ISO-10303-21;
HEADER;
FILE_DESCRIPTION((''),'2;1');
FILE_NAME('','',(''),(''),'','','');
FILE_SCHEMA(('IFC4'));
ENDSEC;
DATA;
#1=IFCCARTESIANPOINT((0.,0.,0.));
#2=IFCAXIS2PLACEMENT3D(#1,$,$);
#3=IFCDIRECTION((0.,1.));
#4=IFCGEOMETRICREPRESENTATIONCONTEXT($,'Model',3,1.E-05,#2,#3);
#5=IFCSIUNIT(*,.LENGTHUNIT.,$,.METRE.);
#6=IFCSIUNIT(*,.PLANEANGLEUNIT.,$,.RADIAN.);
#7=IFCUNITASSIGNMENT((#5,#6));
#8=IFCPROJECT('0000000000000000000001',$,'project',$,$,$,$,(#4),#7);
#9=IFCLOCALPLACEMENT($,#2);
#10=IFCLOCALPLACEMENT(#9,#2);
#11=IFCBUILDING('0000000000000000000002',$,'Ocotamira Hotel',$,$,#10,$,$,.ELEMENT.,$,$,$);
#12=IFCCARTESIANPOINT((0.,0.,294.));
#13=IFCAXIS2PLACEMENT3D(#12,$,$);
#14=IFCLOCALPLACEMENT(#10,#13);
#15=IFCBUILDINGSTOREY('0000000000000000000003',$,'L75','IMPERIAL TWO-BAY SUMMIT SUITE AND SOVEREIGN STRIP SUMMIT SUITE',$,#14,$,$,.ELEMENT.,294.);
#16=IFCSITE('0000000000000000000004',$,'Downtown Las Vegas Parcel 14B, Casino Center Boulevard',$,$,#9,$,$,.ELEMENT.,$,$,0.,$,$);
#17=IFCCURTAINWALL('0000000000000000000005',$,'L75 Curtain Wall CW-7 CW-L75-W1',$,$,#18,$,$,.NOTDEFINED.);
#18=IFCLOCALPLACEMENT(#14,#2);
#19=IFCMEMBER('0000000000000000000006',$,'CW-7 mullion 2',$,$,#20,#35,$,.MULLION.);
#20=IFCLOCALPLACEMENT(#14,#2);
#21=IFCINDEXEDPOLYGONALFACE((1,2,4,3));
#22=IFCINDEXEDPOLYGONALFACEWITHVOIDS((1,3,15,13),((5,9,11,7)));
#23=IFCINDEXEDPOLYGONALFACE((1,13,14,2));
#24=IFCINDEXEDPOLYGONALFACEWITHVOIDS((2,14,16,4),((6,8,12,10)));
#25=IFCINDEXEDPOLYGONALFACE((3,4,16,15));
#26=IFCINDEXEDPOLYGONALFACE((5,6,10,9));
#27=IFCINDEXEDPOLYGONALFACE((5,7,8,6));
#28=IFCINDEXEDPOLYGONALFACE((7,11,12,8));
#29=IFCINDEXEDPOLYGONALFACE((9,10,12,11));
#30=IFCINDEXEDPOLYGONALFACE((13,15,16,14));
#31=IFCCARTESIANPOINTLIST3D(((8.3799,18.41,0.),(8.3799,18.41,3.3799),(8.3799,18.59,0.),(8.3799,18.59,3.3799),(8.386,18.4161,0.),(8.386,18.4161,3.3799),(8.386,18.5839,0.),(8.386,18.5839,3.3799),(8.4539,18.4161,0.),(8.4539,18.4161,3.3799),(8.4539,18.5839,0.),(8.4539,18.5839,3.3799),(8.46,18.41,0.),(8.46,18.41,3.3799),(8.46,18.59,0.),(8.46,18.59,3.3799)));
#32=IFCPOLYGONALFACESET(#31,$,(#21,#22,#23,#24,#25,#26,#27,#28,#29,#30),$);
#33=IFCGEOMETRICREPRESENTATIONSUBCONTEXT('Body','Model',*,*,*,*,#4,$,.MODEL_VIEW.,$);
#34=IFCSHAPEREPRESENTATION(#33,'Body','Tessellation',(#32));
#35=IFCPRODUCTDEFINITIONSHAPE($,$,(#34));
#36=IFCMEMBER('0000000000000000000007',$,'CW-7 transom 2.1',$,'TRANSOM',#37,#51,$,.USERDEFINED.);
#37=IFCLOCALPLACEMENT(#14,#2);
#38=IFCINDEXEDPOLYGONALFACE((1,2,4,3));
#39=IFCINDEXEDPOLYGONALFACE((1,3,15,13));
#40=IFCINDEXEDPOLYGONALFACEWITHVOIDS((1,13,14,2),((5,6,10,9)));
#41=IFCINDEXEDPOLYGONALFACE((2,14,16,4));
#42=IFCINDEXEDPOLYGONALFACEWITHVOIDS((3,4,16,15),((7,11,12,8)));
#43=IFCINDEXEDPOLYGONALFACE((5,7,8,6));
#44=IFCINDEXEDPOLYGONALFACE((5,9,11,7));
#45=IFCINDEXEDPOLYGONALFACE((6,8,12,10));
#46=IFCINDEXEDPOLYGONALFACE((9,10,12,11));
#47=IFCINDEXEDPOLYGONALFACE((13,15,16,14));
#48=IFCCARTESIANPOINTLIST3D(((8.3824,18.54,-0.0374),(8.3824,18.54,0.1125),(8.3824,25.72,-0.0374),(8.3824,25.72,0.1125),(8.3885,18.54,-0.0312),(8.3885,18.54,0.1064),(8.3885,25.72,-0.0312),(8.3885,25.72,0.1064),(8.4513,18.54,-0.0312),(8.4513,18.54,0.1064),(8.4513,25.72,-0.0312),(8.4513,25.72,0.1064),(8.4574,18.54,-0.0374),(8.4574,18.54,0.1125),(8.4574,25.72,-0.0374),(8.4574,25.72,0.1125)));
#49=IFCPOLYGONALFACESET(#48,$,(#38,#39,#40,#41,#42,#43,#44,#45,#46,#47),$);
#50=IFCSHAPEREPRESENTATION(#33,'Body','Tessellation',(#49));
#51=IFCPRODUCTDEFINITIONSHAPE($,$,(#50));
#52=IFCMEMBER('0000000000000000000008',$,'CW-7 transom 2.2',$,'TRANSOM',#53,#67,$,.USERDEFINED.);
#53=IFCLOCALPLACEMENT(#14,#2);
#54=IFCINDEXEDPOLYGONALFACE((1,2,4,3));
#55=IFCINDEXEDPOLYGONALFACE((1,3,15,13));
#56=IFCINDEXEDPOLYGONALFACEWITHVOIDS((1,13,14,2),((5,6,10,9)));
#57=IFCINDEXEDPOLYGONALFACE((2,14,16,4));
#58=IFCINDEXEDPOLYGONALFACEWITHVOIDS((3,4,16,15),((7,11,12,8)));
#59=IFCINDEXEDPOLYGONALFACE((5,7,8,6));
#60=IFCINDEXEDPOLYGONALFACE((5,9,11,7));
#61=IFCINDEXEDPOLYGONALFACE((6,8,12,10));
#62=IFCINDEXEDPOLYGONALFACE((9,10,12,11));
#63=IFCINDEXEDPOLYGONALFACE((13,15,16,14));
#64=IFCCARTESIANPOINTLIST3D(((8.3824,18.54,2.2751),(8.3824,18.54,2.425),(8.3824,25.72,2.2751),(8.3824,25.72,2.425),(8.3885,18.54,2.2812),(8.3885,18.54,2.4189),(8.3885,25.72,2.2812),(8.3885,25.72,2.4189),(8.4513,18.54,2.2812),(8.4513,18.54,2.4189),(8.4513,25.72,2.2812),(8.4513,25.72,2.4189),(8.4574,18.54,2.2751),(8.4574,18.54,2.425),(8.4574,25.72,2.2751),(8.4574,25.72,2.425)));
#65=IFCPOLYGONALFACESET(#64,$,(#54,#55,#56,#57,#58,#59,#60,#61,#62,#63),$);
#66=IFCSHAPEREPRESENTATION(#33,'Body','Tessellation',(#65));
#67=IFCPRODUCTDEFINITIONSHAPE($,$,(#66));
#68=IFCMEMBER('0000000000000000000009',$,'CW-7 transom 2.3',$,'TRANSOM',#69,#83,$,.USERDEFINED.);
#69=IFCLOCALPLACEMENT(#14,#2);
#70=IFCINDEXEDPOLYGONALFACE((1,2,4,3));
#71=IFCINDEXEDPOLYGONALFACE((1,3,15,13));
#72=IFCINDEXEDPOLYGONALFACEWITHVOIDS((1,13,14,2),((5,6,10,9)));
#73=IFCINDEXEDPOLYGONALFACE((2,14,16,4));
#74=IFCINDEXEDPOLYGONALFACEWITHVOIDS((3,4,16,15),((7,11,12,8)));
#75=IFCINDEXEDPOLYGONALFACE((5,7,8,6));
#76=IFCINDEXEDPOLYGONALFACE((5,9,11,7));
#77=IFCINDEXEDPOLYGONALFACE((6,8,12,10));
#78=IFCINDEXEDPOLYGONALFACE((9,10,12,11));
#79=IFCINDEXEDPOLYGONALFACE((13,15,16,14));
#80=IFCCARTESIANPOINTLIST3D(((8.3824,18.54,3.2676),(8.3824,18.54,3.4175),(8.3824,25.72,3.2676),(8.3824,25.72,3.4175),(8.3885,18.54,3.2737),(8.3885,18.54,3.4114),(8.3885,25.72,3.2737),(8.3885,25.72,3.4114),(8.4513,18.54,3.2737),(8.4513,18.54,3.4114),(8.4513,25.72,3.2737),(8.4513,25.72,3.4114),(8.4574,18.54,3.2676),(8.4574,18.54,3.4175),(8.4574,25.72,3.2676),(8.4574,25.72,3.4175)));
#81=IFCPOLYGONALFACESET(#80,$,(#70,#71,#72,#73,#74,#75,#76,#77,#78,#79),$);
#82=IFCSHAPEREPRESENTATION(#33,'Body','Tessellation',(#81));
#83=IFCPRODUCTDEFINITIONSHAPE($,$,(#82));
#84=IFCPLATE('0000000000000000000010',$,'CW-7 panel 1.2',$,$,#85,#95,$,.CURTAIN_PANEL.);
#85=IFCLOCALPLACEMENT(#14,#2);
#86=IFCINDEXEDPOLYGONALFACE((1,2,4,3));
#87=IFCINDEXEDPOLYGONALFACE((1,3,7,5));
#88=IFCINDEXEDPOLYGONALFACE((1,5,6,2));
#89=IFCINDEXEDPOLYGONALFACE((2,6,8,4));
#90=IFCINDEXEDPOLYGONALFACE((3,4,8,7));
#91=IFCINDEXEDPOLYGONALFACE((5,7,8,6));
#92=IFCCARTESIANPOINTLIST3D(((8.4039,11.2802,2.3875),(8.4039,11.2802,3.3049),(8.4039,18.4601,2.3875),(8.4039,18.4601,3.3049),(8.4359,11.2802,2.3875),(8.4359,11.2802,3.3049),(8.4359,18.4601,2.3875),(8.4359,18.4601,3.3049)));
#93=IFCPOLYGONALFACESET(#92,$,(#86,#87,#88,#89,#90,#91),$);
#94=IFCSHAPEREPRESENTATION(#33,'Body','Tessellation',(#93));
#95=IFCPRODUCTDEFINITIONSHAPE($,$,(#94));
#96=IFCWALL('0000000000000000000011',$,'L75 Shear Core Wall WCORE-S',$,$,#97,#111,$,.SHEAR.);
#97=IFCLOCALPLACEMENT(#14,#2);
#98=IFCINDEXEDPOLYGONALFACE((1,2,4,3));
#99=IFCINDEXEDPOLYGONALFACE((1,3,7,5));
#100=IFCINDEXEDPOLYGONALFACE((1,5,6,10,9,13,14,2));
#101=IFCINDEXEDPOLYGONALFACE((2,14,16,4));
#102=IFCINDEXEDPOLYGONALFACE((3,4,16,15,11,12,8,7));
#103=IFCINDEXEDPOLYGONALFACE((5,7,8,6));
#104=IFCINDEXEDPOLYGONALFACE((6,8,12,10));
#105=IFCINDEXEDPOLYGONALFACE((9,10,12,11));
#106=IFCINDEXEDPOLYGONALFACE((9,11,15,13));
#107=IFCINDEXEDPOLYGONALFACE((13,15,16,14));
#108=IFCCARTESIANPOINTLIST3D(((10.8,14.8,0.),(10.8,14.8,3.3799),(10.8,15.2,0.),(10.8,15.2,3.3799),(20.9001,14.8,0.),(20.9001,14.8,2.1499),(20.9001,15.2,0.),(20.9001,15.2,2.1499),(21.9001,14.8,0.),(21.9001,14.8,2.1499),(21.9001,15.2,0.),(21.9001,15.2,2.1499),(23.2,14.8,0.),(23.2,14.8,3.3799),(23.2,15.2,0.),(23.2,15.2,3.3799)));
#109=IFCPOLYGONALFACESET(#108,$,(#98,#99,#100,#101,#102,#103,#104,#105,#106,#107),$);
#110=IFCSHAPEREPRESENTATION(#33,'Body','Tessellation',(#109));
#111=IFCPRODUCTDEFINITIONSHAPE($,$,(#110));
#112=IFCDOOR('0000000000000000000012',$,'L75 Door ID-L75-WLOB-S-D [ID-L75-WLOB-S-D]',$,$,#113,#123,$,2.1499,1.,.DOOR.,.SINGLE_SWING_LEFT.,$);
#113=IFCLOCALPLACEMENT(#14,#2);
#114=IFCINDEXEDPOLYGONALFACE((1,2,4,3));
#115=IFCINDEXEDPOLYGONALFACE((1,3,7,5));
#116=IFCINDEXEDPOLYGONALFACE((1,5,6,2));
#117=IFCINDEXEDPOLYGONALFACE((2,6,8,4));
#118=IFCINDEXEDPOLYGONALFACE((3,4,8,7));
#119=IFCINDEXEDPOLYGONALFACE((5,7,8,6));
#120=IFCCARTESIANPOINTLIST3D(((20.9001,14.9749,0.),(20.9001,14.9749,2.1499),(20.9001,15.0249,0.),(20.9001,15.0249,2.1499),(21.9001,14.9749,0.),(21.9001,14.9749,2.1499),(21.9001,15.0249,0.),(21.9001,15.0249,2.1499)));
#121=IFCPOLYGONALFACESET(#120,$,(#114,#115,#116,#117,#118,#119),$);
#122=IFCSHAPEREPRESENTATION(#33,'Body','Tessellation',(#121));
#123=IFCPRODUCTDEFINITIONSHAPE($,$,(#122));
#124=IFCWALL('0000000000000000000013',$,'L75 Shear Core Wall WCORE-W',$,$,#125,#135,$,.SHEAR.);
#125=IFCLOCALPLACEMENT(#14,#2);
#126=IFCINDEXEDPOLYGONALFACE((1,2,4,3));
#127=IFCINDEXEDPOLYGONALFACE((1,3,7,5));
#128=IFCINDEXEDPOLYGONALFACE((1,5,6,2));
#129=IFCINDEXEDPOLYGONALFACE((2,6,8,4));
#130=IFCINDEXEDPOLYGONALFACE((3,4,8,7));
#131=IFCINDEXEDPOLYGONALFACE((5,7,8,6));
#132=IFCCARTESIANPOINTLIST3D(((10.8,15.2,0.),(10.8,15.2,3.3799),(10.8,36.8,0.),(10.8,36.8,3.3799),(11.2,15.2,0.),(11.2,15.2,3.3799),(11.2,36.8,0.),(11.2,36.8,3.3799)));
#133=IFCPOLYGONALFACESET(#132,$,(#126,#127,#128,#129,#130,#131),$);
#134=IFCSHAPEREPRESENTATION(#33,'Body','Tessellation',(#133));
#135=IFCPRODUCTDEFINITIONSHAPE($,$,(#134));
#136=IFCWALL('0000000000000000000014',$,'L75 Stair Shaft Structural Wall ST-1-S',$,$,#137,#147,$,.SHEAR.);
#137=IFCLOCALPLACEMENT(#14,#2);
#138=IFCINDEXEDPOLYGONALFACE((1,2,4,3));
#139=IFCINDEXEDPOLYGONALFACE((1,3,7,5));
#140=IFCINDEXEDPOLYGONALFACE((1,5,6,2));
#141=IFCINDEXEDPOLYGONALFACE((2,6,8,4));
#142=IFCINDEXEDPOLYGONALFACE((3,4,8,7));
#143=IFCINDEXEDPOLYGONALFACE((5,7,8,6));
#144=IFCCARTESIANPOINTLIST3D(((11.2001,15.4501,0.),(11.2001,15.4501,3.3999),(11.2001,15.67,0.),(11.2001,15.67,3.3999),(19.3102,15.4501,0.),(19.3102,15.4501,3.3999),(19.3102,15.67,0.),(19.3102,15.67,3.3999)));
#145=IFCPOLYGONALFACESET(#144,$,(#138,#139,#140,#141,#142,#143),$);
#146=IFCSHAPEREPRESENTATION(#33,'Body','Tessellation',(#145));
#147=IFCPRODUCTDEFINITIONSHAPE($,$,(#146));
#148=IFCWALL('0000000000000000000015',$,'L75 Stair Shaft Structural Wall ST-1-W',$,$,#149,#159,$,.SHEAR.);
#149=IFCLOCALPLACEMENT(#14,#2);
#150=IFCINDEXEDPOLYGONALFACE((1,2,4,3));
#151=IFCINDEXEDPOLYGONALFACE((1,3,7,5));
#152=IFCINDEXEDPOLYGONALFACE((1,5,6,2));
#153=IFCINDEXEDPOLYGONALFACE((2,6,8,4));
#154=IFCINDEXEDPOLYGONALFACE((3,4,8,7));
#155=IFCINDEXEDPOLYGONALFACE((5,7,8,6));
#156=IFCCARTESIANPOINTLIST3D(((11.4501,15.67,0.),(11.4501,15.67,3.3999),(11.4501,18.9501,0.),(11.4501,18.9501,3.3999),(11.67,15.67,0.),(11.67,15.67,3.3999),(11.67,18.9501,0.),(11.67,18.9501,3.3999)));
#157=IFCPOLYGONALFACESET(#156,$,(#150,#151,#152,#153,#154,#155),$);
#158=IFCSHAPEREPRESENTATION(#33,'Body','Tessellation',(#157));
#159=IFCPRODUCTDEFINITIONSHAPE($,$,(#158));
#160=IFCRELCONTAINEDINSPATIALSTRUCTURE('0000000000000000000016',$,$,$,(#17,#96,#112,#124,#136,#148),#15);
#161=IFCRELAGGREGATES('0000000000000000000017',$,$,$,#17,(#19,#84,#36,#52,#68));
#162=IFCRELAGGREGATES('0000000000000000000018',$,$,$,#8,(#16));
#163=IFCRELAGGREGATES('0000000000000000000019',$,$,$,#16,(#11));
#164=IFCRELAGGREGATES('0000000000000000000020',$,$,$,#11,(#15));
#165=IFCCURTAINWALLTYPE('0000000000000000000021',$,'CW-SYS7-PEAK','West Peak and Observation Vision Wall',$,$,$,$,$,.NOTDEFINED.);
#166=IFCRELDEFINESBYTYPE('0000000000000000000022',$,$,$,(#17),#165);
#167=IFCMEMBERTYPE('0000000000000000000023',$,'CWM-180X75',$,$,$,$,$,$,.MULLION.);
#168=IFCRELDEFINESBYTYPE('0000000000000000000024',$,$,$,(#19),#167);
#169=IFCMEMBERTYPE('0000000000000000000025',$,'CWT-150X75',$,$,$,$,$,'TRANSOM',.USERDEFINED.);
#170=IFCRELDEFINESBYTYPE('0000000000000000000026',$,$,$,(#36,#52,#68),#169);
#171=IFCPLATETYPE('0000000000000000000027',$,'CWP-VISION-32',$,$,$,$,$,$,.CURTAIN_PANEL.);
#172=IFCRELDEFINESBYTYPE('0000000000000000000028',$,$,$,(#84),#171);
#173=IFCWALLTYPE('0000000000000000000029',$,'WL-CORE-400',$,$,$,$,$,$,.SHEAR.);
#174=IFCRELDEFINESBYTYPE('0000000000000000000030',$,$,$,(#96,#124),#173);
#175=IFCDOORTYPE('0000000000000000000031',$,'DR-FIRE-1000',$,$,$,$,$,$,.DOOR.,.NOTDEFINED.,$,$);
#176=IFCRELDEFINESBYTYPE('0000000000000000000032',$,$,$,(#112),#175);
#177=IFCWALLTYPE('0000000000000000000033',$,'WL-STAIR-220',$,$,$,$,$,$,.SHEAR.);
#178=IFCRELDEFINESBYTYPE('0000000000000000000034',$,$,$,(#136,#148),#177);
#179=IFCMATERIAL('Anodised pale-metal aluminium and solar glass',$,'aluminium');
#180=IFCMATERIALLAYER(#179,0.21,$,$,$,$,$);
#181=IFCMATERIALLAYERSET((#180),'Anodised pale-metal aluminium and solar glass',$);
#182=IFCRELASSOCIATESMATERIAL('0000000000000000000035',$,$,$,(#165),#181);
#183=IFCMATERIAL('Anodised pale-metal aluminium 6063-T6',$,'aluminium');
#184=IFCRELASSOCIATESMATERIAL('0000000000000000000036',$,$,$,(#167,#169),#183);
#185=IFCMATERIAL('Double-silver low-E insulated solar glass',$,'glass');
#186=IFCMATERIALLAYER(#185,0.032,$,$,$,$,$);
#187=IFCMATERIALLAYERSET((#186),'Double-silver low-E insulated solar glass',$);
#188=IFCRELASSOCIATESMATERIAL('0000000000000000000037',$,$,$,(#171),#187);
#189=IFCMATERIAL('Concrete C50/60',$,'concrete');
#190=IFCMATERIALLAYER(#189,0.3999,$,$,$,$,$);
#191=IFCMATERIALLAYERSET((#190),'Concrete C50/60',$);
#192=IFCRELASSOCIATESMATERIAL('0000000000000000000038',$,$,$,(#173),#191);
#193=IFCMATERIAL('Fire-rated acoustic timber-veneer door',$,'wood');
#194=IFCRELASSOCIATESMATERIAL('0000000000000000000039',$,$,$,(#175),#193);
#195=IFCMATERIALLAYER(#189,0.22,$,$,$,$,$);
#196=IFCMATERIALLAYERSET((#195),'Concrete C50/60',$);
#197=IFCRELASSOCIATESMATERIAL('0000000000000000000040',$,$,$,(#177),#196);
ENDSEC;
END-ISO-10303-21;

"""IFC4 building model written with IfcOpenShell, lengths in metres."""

from ifc_helpers import new_model, si_unit, direction, frame, frame_2d, origin, origin_2d, place, context, subcontext, project, spatial, rectangle, hollow_rectangle, extrude, source, transform, mapped, material, layer, layer_set, material_profile, profile_set, type_object, element, fill, aggregate, save


model = new_model("IFC4")

# Units and contexts
model_context = context("Model", 3, precision=1e-05, world=origin(), true_north=direction((0.0, 1.0)))
body_context = subcontext(model_context, "Body", "Model", "MODEL_VIEW")
ifc_project = project(units=[si_unit("LENGTHUNIT", "METRE"), si_unit("PLANEANGLEUNIT", "RADIAN")], contexts=[model_context])

# Site, building, storey
site_placement = place(None, origin())
site = spatial("IfcSite", under=ifc_project, at=site_placement, Name="Downtown Las Vegas Parcel 14B, Casino Center Boulevard", CompositionType="ELEMENT", RefElevation=0.0)
building_placement = place(site_placement, origin())
building = spatial("IfcBuilding", under=site, at=building_placement, Name="Ocotamira Hotel", CompositionType="ELEMENT")
storey_placement = place(building_placement, frame((0.0, 0.0, 294.0)))
storey = spatial("IfcBuildingStorey", under=building, at=storey_placement, Name="L75", Description="IMPERIAL TWO-BAY SUMMIT SUITE AND SOVEREIGN STRIP SUMMIT SUITE", CompositionType="ELEMENT", Elevation=294.0)

# Curtain wall, members, plate
ifc_material_1 = material(Name="Anodised pale-metal aluminium and solar glass", Category="aluminium")
ifc_layer_1 = layer(ifc_material_1, 0.21)
ifc_layer_set_1 = layer_set([ifc_layer_1], Name="Anodised pale-metal aluminium and solar glass")
curtain_wall_type = type_object("IfcCurtainWallType", Name="CW-SYS7-PEAK", Description="West Peak and Observation Vision Wall", PredefinedType="NOTDEFINED", material=ifc_layer_set_1)
curtain_wall_placement = place(storey_placement, origin())
curtain_wall = element("IfcCurtainWall", 1, at=curtain_wall_placement, inside=storey, type_object=curtain_wall_type, Name="L75 Curtain Wall CW-7 CW-L75-W1", PredefinedType="NOTDEFINED")
ifc_material_2 = material(Name="Anodised pale-metal aluminium 6063-T6", Category="aluminium")
ifc_material_profile_1 = material_profile(ifc_material_2, hollow_rectangle(XDim=0.0801, YDim=0.1799, WallThickness=0.0061, at=origin_2d()), Name="HSS180X80X6")
ifc_profile_set_1 = profile_set([ifc_material_profile_1], Name="Anodised pale-metal aluminium 6063-T6")
member_type_1 = type_object("IfcMemberType", Name="CWM-180X75", PredefinedType="MULLION", material=ifc_profile_set_1)
shared_shape_1 = source(origin(), body_context, "Body", "SweptSolid", [
    extrude(hollow_rectangle(XDim=0.0801, YDim=0.1799, WallThickness=0.0061, at=origin_2d()), origin(), (0.0, 0.0, 1.0), 3.3799),
])
member_1_placement = place(storey_placement, frame((8.4199, 18.5, 0.0), z_axis=(0.0, 0.0, 1.0), x_axis=(-1.0, 0.0, 0.0)))
member_1 = element("IfcMember", 2, at=member_1_placement, type_object=member_type_1, Name="CW-7 mullion 2", PredefinedType="MULLION", context=body_context, shape_type="MappedRepresentation", body=[
    mapped(shared_shape_1, transform((0.0, 0.0, 0.0), scale=1.0)),
])
ifc_material_profile_2 = material_profile(ifc_material_2, hollow_rectangle(XDim=0.075, YDim=0.1499, WallThickness=0.0061, at=origin_2d()), Name="HSS150X75X6")
ifc_profile_set_2 = profile_set([ifc_material_profile_2], Name="Anodised pale-metal aluminium 6063-T6")
member_type_2 = type_object("IfcMemberType", Name="CWT-150X75", ElementType="TRANSOM", PredefinedType="USERDEFINED", material=ifc_profile_set_2)
shared_shape_2 = source(origin(), body_context, "Body", "SweptSolid", [
    extrude(hollow_rectangle(XDim=0.075, YDim=0.1499, WallThickness=0.0061, at=origin_2d()), origin(), (0.0, 0.0, 1.0), 7.1799),
])
member_2_placement = place(storey_placement, frame((8.4199, 18.54, 0.0376), z_axis=(0.0, 1.0, 0.0), x_axis=(-1.0, 0.0, 0.0)))
member_2 = element("IfcMember", 3, at=member_2_placement, type_object=member_type_2, Name="CW-7 transom 2.1", ObjectType="TRANSOM", PredefinedType="USERDEFINED", context=body_context, shape_type="MappedRepresentation", body=[
    mapped(shared_shape_2, transform((0.0, 0.0, 0.0), scale=1.0)),
])
member_3_placement = place(storey_placement, frame((8.4199, 18.54, 2.3501), z_axis=(0.0, 1.0, 0.0), x_axis=(-1.0, 0.0, 0.0)))
member_3 = element("IfcMember", 4, at=member_3_placement, type_object=member_type_2, Name="CW-7 transom 2.2", ObjectType="TRANSOM", PredefinedType="USERDEFINED", context=body_context, shape_type="MappedRepresentation", body=[
    mapped(shared_shape_2, transform((0.0, 0.0, 0.0), scale=1.0)),
])
member_4_placement = place(storey_placement, frame((8.4199, 18.54, 3.3425), z_axis=(0.0, 1.0, 0.0), x_axis=(-1.0, 0.0, 0.0)))
member_4 = element("IfcMember", 5, at=member_4_placement, type_object=member_type_2, Name="CW-7 transom 2.3", ObjectType="TRANSOM", PredefinedType="USERDEFINED", context=body_context, shape_type="MappedRepresentation", body=[
    mapped(shared_shape_2, transform((0.0, 0.0, 0.0), scale=1.0)),
])
ifc_material_3 = material(Name="Double-silver low-E insulated solar glass", Category="glass")
ifc_layer_2 = layer(ifc_material_3, 0.032)
ifc_layer_set_2 = layer_set([ifc_layer_2], Name="Double-silver low-E insulated solar glass")
plate_type = type_object("IfcPlateType", Name="CWP-VISION-32", PredefinedType="CURTAIN_PANEL", material=ifc_layer_set_2)
shared_shape_3 = source(origin(), body_context, "Body", "SweptSolid", [
    extrude(rectangle(XDim=7.1799, YDim=0.032, at=origin_2d()), origin(), (0.0, 0.0, 1.0), 0.9175),
])
plate_placement = place(storey_placement, frame((8.4199, 14.8701, 2.3875), z_axis=(0.0, 0.0, 1.0), x_axis=(0.0, 1.0, 0.0)))
plate = element("IfcPlate", 6, at=plate_placement, type_object=plate_type, Name="CW-7 panel 1.2", PredefinedType="CURTAIN_PANEL", context=body_context, shape_type="MappedRepresentation", body=[
    mapped(shared_shape_3, transform((0.0, 0.0, 0.0), scale=1.0)),
])
aggregate(curtain_wall, [member_1, plate, member_2, member_3, member_4])

# Wall, opening, door
ifc_material_4 = material(Name="Concrete C50/60", Category="concrete")
ifc_layer_3 = layer(ifc_material_4, 0.3999)
ifc_layer_set_3 = layer_set([ifc_layer_3], Name="Concrete C50/60")
wall_type_1 = type_object("IfcWallType", Name="WL-CORE-400", PredefinedType="SHEAR", material=ifc_layer_set_3)
wall_1_placement = place(storey_placement, frame((10.8, 15.0, 0.0), z_axis=(0.0, 0.0, 1.0), x_axis=(1.0, 0.0, 0.0)))
wall_1 = element("IfcWall", 7, at=wall_1_placement, inside=storey, type_object=wall_type_1, Name="L75 Shear Core Wall WCORE-S", PredefinedType="SHEAR", context=body_context, shape_type="SweptSolid", body=[
    extrude(rectangle(XDim=12.3999, YDim=0.3999, at=frame_2d((6.2, 0.0))), origin(), (0.0, 0.0, 1.0), 3.3799),
])
opening_1_placement = place(wall_1_placement, frame((10.1001, 0.0, 0.0)))
opening_1 = element("IfcOpeningElement", 8, at=opening_1_placement, cuts=wall_1, PredefinedType="OPENING", context=body_context, shape_type="SweptSolid", body=[
    extrude(rectangle(XDim=1.0, YDim=2.1499, at=frame_2d((0.5, 1.075))), frame((0.0, 0.21, 0.0), z_axis=(0.0, -1.0, 0.0), x_axis=(1.0, 0.0, 0.0)), (0.0, 0.0, 1.0), 0.4199),
])
ifc_material_5 = material(Name="Fire-rated acoustic timber-veneer door", Category="wood")
door_type_1 = type_object("IfcDoorType", Name="DR-FIRE-1000", OperationType="NOTDEFINED", PredefinedType="DOOR", material=ifc_material_5)
shared_shape_4 = source(origin(), body_context, "Body", "SweptSolid", [
    extrude(rectangle(XDim=1.0, YDim=2.1499, at=frame_2d((0.5, 1.075))), frame((0.0, 0.0249, 0.0), z_axis=(0.0, -1.0, 0.0), x_axis=(1.0, 0.0, 0.0)), (0.0, 0.0, 1.0), 0.05),
])
door_1_placement = place(opening_1_placement, origin())
door_1 = element("IfcDoor", 9, at=door_1_placement, inside=storey, type_object=door_type_1, Name="L75 Door ID-L75-WLOB-S-D [ID-L75-WLOB-S-D]", OperationType="SINGLE_SWING_LEFT", OverallHeight=2.1499, OverallWidth=1.0, PredefinedType="DOOR", context=body_context, shape_type="MappedRepresentation", body=[
    mapped(shared_shape_4, transform((0.0, 0.0, 0.0), scale=1.0)),
])
fill(opening_1, door_1)

# Wall
wall_2_placement = place(storey_placement, frame((11.0, 15.2, 0.0), z_axis=(0.0, 0.0, 1.0), x_axis=(0.0, 1.0, 0.0)))
element("IfcWall", 10, at=wall_2_placement, inside=storey, type_object=wall_type_1, Name="L75 Shear Core Wall WCORE-W", PredefinedType="SHEAR", context=body_context, shape_type="SweptSolid", body=[
    extrude(rectangle(XDim=21.6001, YDim=0.3999, at=frame_2d((10.8, 0.0))), origin(), (0.0, 0.0, 1.0), 3.3799),
])

# Walls
ifc_layer_4 = layer(ifc_material_4, 0.22)
ifc_layer_set_4 = layer_set([ifc_layer_4], Name="Concrete C50/60")
wall_type_2 = type_object("IfcWallType", Name="WL-STAIR-220", PredefinedType="SHEAR", material=ifc_layer_set_4)
wall_3_placement = place(storey_placement, frame((11.2, 15.5601, 0.0), z_axis=(0.0, 0.0, 1.0), x_axis=(1.0, 0.0, 0.0)))
element("IfcWall", 11, at=wall_3_placement, inside=storey, type_object=wall_type_2, Name="L75 Stair Shaft Structural Wall ST-1-S", PredefinedType="SHEAR", context=body_context, shape_type="SweptSolid", body=[
    extrude(rectangle(XDim=8.1101, YDim=0.22, at=frame_2d((4.0552, 0.0))), origin(), (0.0, 0.0, 1.0), 3.3999),
])
wall_4_placement = place(storey_placement, frame((11.5601, 15.6699, 0.0), z_axis=(0.0, 0.0, 1.0), x_axis=(0.0, 1.0, 0.0)))
element("IfcWall", 12, at=wall_4_placement, inside=storey, type_object=wall_type_2, Name="L75 Stair Shaft Structural Wall ST-1-W", PredefinedType="SHEAR", context=body_context, shape_type="SweptSolid", body=[
    extrude(rectangle(XDim=3.28, YDim=0.22, at=frame_2d((1.6401, 0.0))), origin(), (0.0, 0.0, 1.0), 3.3999),
])

save(model, "model.ifc")
